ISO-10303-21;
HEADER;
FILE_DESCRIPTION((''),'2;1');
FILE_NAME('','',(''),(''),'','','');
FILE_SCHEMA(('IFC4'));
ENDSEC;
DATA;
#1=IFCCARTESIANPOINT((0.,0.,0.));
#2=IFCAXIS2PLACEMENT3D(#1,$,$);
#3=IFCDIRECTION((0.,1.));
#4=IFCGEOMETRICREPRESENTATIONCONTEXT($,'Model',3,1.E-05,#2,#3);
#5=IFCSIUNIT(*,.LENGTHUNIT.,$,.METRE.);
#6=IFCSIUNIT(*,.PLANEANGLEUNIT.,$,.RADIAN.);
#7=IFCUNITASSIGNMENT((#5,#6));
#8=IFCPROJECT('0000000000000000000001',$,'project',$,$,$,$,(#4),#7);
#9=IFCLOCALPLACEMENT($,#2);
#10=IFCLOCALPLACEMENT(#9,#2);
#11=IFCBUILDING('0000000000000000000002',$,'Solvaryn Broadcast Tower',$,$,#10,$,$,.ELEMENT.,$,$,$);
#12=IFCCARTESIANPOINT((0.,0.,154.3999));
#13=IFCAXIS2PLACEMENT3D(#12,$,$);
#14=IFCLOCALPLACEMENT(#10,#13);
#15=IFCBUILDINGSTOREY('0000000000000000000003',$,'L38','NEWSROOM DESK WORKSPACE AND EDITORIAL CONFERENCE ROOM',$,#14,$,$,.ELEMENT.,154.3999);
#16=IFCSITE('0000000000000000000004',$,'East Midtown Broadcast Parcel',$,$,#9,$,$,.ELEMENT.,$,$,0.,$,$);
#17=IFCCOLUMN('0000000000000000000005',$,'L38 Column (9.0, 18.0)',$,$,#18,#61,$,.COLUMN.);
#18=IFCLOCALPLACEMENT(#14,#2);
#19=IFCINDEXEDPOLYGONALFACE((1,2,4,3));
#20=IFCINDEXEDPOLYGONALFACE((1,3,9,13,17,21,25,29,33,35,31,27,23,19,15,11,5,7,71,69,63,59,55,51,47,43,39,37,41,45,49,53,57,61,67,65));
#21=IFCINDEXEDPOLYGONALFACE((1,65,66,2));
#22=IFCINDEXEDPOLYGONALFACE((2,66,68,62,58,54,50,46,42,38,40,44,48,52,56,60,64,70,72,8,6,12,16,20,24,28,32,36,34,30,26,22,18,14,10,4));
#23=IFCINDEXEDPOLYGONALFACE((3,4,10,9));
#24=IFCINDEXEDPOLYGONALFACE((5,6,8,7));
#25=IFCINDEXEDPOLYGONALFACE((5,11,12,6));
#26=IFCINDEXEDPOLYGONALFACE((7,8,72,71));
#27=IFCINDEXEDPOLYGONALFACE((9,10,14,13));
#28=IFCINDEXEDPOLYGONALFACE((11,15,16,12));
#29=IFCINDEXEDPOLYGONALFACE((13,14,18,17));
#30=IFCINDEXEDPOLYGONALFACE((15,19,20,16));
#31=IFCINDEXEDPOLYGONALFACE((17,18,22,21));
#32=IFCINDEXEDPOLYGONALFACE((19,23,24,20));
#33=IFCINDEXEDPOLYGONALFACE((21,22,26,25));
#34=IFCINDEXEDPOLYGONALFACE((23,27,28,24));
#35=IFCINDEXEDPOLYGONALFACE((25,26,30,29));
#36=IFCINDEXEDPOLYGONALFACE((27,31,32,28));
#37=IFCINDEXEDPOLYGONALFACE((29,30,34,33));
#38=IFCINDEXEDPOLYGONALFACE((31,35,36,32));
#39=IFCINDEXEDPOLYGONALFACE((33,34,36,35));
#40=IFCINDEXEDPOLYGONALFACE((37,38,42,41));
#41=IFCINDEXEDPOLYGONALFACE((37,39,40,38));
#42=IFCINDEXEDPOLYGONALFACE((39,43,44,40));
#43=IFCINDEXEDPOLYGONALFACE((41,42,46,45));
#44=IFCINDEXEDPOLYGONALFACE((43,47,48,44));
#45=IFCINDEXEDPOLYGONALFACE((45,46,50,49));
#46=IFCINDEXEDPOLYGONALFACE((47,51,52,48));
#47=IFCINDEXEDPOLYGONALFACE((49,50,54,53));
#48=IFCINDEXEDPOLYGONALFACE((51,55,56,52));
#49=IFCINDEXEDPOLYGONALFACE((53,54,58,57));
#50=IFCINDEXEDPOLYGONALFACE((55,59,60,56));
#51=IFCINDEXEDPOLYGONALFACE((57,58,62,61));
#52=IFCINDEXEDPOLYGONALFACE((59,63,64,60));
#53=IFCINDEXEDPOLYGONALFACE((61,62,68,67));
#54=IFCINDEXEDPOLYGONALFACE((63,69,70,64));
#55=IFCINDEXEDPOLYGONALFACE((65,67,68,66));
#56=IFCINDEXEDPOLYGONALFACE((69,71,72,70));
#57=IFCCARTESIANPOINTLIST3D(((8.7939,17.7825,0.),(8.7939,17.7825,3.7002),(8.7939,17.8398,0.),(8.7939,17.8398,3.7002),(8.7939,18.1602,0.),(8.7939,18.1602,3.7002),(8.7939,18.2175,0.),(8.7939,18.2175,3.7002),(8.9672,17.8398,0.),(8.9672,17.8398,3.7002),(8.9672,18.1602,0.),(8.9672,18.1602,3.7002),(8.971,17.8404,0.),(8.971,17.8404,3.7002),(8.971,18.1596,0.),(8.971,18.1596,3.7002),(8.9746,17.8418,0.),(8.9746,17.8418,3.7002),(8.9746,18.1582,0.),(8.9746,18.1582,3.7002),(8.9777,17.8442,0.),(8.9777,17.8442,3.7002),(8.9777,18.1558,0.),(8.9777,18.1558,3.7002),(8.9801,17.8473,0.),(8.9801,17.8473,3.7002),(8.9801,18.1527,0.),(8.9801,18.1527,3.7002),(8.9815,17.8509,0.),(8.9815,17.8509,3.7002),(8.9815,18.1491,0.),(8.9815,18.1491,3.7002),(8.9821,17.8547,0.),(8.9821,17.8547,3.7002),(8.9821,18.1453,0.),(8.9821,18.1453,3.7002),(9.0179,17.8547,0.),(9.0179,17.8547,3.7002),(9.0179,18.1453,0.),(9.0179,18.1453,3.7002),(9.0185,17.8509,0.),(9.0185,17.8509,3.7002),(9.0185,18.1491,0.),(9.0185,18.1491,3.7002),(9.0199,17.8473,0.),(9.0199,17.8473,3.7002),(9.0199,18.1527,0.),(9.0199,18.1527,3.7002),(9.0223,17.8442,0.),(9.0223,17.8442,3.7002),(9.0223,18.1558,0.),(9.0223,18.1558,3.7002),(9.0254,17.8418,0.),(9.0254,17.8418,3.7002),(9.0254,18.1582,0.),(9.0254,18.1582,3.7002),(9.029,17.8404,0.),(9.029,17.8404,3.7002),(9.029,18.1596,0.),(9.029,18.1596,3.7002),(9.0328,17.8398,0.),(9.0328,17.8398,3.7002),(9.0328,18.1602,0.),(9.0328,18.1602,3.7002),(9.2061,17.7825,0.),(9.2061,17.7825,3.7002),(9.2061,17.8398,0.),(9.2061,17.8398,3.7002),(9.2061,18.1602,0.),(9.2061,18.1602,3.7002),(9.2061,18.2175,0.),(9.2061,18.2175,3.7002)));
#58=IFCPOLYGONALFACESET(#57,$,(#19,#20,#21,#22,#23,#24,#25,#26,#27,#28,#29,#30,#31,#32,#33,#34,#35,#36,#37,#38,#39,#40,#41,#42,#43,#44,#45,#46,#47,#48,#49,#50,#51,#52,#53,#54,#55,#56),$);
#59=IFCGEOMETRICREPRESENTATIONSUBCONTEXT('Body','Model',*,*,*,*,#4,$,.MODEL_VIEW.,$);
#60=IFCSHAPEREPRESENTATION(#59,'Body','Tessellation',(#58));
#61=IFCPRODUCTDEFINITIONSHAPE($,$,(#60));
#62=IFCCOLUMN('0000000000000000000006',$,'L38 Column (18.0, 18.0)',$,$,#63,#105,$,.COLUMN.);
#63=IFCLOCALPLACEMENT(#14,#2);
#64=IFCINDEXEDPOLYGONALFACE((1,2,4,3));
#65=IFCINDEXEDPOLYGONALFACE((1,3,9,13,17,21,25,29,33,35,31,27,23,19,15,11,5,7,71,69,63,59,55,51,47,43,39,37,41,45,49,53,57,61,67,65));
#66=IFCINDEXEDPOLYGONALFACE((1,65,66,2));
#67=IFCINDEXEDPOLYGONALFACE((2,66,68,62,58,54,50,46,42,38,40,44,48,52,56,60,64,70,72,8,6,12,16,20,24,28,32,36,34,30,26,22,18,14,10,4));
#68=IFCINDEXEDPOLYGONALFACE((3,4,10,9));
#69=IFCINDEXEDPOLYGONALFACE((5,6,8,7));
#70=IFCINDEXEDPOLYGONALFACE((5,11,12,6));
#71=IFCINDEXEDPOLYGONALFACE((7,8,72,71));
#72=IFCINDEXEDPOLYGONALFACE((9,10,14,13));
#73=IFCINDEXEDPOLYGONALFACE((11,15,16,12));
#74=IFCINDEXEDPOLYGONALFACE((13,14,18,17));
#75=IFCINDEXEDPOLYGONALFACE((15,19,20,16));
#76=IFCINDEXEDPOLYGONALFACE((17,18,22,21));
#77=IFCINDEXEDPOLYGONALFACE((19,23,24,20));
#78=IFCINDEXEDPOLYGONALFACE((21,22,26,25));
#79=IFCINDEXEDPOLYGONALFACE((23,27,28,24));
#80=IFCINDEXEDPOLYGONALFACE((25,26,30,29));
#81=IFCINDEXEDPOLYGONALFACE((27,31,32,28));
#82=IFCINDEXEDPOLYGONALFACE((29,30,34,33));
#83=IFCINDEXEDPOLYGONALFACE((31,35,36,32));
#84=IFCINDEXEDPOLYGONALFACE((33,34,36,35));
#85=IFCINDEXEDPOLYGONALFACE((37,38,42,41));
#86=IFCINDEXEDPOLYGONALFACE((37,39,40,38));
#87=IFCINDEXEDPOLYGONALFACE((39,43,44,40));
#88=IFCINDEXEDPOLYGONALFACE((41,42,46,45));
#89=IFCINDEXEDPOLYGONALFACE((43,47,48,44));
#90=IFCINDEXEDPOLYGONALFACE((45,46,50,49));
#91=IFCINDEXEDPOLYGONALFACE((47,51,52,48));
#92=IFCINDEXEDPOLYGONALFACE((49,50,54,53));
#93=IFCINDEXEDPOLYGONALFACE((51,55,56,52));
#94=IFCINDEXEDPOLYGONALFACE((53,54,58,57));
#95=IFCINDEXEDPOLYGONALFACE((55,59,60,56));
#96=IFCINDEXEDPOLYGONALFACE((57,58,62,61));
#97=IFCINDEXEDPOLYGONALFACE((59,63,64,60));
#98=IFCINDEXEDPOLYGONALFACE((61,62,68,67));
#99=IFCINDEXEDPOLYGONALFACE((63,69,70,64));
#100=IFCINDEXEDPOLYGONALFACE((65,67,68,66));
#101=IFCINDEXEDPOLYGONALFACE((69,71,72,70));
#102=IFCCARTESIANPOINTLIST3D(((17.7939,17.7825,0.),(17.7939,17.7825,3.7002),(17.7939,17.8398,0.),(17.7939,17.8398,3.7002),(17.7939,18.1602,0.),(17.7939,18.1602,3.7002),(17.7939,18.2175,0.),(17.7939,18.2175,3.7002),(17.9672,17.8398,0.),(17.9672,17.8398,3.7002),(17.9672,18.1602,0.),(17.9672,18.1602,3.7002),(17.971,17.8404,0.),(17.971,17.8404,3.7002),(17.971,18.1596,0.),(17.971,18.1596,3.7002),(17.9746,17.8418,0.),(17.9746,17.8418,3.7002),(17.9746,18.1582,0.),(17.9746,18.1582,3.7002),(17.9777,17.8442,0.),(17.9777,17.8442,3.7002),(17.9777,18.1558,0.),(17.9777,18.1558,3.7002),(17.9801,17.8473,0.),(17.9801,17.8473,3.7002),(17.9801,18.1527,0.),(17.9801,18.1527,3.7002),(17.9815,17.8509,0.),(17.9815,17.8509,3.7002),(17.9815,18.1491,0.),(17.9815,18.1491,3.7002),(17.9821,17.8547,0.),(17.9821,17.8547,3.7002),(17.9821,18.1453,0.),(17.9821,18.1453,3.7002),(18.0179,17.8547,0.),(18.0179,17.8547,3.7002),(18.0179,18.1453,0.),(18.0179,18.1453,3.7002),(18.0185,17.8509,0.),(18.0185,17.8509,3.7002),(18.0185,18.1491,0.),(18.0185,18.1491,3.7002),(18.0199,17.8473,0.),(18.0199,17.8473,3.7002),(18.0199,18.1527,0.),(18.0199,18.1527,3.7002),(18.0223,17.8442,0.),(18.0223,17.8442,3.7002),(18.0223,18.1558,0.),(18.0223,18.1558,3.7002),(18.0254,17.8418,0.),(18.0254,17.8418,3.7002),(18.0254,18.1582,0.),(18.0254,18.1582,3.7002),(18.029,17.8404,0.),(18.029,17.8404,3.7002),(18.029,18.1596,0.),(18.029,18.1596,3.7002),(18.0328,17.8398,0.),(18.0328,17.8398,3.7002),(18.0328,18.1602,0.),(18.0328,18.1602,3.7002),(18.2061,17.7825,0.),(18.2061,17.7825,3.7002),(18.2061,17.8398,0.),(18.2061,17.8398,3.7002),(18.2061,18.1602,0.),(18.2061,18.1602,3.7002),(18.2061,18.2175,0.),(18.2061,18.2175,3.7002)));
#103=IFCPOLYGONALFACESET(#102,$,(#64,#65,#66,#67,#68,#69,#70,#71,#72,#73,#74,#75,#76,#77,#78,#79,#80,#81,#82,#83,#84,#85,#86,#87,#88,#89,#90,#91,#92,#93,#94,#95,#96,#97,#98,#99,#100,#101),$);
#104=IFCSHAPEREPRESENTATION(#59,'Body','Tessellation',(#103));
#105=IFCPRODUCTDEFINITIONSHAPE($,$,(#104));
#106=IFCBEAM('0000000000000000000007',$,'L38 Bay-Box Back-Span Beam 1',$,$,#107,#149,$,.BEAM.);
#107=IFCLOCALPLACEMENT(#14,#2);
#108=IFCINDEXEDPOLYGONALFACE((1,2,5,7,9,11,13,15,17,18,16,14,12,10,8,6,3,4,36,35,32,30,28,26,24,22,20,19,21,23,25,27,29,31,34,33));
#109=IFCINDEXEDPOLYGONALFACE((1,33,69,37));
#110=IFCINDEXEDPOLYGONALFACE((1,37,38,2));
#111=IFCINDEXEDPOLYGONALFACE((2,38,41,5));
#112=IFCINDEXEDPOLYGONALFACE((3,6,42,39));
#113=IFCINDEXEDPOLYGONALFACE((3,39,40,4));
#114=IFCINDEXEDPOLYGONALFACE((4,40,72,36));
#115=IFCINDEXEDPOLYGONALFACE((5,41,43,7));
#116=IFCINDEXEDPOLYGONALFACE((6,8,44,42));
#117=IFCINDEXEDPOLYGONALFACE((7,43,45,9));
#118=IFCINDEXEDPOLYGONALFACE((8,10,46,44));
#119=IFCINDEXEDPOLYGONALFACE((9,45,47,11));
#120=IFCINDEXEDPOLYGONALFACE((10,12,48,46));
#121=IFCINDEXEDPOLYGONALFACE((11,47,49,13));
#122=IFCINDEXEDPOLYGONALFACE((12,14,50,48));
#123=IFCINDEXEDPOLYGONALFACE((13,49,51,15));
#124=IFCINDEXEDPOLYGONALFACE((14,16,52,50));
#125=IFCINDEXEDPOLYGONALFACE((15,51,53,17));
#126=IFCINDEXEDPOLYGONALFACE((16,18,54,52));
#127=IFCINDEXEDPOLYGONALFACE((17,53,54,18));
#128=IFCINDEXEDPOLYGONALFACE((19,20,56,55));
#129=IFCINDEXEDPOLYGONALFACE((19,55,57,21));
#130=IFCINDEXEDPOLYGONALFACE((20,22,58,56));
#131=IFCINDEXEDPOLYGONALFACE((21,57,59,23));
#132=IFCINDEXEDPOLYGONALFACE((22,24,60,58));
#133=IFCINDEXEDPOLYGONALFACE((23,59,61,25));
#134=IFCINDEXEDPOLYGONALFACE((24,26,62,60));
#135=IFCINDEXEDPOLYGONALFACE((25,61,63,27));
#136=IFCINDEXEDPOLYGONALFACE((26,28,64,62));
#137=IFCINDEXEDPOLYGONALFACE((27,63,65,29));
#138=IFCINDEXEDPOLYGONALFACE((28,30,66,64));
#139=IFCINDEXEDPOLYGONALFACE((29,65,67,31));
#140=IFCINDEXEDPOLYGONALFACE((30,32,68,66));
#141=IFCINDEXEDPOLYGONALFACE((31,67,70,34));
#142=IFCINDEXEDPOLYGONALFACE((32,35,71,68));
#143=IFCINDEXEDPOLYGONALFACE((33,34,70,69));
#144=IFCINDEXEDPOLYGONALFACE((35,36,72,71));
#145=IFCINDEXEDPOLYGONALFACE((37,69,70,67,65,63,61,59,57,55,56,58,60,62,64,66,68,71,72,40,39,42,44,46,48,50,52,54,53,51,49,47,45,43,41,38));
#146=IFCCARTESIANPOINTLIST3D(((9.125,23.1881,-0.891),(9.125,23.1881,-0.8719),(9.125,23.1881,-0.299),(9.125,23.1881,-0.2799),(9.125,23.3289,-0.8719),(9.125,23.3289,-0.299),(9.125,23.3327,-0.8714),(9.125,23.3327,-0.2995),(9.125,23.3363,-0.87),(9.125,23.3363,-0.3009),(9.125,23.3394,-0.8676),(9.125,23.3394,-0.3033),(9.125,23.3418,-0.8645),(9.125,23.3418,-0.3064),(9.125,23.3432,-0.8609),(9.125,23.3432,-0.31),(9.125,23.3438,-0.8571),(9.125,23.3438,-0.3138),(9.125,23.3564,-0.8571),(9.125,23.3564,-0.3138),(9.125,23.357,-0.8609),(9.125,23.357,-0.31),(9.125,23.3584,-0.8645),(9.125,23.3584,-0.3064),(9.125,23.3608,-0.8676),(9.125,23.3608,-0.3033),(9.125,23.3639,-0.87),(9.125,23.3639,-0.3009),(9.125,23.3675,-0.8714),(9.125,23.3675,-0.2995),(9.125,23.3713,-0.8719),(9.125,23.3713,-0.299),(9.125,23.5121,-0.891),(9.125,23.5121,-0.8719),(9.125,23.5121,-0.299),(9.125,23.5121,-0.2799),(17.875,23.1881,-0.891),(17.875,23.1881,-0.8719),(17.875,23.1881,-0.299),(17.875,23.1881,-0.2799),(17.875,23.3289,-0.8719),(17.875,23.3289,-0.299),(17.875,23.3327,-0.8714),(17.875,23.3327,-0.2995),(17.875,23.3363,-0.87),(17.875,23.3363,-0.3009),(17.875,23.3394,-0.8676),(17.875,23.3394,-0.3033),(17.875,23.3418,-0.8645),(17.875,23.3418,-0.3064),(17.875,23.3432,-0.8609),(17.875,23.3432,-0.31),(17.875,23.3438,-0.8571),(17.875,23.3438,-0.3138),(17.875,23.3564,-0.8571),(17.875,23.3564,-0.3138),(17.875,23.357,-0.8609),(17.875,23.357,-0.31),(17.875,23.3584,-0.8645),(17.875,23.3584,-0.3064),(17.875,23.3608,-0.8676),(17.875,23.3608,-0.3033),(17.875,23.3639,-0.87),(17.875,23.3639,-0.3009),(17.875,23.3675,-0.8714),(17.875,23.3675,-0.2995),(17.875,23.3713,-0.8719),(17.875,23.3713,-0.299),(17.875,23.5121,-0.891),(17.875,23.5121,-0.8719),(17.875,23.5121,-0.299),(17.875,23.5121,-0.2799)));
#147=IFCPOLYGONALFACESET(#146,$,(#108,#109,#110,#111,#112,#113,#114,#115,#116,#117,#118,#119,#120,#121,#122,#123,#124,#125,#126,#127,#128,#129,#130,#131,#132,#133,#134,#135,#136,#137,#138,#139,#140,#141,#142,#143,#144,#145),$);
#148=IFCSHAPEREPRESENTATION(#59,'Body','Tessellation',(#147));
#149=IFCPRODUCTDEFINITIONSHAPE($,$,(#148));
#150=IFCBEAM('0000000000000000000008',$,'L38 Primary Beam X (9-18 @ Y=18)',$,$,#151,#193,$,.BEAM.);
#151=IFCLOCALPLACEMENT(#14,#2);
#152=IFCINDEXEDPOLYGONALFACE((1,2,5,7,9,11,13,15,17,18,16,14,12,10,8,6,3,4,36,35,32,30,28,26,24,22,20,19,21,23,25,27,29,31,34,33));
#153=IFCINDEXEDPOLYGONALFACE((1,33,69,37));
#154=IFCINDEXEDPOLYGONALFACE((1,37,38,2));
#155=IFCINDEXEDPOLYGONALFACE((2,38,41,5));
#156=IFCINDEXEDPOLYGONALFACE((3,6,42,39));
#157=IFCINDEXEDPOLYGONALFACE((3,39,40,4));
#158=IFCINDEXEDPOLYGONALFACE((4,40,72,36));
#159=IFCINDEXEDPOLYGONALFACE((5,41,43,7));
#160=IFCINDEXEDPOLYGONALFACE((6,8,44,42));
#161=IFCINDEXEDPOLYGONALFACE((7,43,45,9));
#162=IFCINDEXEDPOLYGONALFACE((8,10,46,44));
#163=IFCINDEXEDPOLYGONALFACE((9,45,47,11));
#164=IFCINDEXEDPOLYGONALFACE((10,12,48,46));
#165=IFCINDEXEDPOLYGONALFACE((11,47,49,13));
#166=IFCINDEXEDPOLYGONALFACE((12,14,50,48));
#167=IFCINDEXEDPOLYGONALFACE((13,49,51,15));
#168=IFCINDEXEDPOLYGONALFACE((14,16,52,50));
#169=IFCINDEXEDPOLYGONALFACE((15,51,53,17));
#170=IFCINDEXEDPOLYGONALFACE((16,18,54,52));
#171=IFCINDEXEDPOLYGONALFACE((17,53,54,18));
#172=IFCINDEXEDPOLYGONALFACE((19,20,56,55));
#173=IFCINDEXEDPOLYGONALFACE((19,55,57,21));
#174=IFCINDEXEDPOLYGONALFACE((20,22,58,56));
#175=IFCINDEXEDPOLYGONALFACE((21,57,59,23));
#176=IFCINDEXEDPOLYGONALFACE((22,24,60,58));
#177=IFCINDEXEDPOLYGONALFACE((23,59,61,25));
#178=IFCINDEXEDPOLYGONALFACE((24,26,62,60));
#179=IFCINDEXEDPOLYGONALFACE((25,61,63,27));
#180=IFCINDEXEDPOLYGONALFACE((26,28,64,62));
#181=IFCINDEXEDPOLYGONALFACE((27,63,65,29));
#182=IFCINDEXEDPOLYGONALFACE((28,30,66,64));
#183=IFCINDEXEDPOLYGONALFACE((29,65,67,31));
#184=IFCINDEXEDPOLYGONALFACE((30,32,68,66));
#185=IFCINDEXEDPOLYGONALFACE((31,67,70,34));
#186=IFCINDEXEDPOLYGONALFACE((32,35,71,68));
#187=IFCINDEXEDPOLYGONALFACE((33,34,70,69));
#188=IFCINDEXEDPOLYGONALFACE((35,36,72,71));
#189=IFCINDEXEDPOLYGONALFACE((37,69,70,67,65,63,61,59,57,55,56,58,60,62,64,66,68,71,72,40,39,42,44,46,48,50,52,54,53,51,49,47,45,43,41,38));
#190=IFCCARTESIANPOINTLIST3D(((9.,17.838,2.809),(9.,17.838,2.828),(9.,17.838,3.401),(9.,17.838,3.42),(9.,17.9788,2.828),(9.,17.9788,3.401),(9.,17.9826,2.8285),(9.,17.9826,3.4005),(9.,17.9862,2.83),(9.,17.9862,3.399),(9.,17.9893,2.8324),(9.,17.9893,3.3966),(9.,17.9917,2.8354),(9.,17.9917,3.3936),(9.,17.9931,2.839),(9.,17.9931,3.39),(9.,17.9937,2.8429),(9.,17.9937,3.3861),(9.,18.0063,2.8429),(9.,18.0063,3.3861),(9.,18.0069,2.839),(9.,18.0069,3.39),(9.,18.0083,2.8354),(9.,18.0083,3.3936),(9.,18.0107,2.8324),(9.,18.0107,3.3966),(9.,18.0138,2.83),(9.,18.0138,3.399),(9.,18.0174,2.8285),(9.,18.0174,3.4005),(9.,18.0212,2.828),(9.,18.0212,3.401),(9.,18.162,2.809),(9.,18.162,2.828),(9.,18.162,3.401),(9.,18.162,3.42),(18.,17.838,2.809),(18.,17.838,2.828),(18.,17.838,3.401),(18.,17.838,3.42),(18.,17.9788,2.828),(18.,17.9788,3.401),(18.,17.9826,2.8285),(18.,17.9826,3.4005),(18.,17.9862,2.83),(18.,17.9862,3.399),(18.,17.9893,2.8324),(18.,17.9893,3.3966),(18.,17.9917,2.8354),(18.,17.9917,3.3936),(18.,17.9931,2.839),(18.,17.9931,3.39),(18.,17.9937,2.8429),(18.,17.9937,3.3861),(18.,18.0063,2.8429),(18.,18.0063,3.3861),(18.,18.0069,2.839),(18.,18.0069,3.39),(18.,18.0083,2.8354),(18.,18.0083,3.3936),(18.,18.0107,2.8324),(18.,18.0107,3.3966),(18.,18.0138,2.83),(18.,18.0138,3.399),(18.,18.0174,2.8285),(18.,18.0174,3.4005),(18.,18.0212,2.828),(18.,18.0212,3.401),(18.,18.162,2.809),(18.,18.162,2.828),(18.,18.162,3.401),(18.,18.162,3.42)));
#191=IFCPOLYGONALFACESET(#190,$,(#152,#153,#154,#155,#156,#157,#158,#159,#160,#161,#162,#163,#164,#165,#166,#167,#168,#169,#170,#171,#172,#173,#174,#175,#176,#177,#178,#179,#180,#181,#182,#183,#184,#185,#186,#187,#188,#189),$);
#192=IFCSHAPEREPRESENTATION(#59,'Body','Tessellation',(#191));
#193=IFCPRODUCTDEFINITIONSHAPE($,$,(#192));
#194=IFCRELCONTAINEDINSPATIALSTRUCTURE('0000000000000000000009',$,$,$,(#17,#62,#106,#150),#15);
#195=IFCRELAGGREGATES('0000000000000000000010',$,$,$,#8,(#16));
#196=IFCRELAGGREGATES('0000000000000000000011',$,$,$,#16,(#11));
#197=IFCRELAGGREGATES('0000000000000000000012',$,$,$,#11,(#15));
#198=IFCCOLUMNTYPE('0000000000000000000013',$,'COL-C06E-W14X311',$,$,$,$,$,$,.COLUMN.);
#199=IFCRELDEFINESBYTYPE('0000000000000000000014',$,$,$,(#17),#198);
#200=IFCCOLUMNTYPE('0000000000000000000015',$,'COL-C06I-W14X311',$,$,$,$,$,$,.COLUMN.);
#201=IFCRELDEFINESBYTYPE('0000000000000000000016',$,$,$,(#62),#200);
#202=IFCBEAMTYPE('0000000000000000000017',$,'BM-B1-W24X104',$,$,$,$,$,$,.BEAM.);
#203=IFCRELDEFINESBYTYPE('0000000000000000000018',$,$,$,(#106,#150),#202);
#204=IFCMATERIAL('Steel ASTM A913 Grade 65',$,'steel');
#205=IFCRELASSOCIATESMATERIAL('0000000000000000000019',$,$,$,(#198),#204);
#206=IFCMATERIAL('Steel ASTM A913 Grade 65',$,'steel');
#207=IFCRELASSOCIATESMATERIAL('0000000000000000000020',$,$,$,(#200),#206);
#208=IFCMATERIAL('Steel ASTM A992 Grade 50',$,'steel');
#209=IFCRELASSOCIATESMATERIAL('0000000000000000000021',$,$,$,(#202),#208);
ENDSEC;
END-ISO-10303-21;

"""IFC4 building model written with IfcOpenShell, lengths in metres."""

from ifc_helpers import new_model, si_unit, direction, frame, origin, origin_2d, place, context, subcontext, project, spatial, i_section, extrude, material, material_profile, profile_set, type_object, element, save


model = new_model("IFC4")

# Units and contexts
model_context = context("Model", 3, precision=1e-05, world=origin(), true_north=direction((0.0, 1.0)))
body_context = subcontext(model_context, "Body", "Model", "MODEL_VIEW")
ifc_project = project(units=[si_unit("LENGTHUNIT", "METRE"), si_unit("PLANEANGLEUNIT", "RADIAN")], contexts=[model_context])

# Site, building, storey
site_placement = place(None, origin())
site = spatial("IfcSite", under=ifc_project, at=site_placement, Name="East Midtown Broadcast Parcel", CompositionType="ELEMENT", RefElevation=0.0)
building_placement = place(site_placement, origin())
building = spatial("IfcBuilding", under=site, at=building_placement, Name="Solvaryn Broadcast Tower", CompositionType="ELEMENT")
storey_placement = place(building_placement, frame((0.0, 0.0, 154.3999)))
storey = spatial("IfcBuildingStorey", under=building, at=storey_placement, Name="L38", Description="NEWSROOM DESK WORKSPACE AND EDITORIAL CONFERENCE ROOM", CompositionType="ELEMENT", Elevation=154.3999)

# Columns
ifc_material_1 = material(Name="Steel ASTM A913 Grade 65", Category="steel")
ifc_material_profile_1 = material_profile(ifc_material_1, i_section(OverallWidth=0.4121, OverallDepth=0.4351, WebThickness=0.0359, FlangeThickness=0.0574, FilletRadius=0.0149, at=origin_2d()))
ifc_profile_set_1 = profile_set([ifc_material_profile_1], Name="Steel ASTM A913 Grade 65")
column_type_1 = type_object("IfcColumnType", Name="COL-C06E-W14X311", PredefinedType="COLUMN", material=ifc_profile_set_1)
column_1_placement = place(storey_placement, frame((9.0, 18.0, 0.0), z_axis=(0.0, 0.0, 1.0), x_axis=(1.0, 0.0, 0.0)))
element("IfcColumn", 1, at=column_1_placement, inside=storey, type_object=column_type_1, Name="L38 Column (9.0, 18.0)", PredefinedType="COLUMN", context=body_context, shape_type="SweptSolid", body=[
    extrude(i_section(OverallWidth=0.4121, OverallDepth=0.4351, WebThickness=0.0359, FlangeThickness=0.0574, FilletRadius=0.0149, at=origin_2d()), origin(), (0.0, 0.0, 1.0), 3.7002),
])
ifc_material_2 = material(Name="Steel ASTM A913 Grade 65", Category="steel")
ifc_material_profile_2 = material_profile(ifc_material_2, i_section(OverallWidth=0.4121, OverallDepth=0.4351, WebThickness=0.0359, FlangeThickness=0.0574, FilletRadius=0.0149, at=origin_2d()))
ifc_profile_set_2 = profile_set([ifc_material_profile_2], Name="Steel ASTM A913 Grade 65")
column_type_2 = type_object("IfcColumnType", Name="COL-C06I-W14X311", PredefinedType="COLUMN", material=ifc_profile_set_2)
column_2_placement = place(storey_placement, frame((18.0, 18.0, 0.0), z_axis=(0.0, 0.0, 1.0), x_axis=(1.0, 0.0, 0.0)))
element("IfcColumn", 2, at=column_2_placement, inside=storey, type_object=column_type_2, Name="L38 Column (18.0, 18.0)", PredefinedType="COLUMN", context=body_context, shape_type="SweptSolid", body=[
    extrude(i_section(OverallWidth=0.4121, OverallDepth=0.4351, WebThickness=0.0359, FlangeThickness=0.0574, FilletRadius=0.0149, at=origin_2d()), origin(), (0.0, 0.0, 1.0), 3.7002),
])

# Beams
ifc_material_3 = material(Name="Steel ASTM A992 Grade 50", Category="steel")
ifc_material_profile_3 = material_profile(ifc_material_3, i_section(OverallWidth=0.324, OverallDepth=0.6111, WebThickness=0.0127, FlangeThickness=0.019, FilletRadius=0.0149, at=origin_2d()))
ifc_profile_set_3 = profile_set([ifc_material_profile_3], Name="Steel ASTM A992 Grade 50")
beam_type_1 = type_object("IfcBeamType", Name="BM-B1-W24X104", PredefinedType="BEAM", material=ifc_profile_set_3)
beam_1_placement = place(storey_placement, frame((17.875, 23.3501, -0.5854), z_axis=(-1.0, 0.0, 0.0), x_axis=(0.0, -1.0, 0.0)))
element("IfcBeam", 3, at=beam_1_placement, inside=storey, type_object=beam_type_1, Name="L38 Bay-Box Back-Span Beam 1", PredefinedType="BEAM", context=body_context, shape_type="SweptSolid", body=[
    extrude(i_section(OverallWidth=0.324, OverallDepth=0.6111, WebThickness=0.0127, FlangeThickness=0.019, FilletRadius=0.0149, at=origin_2d()), origin(), (0.0, 0.0, 1.0), 8.75),
])
for number, where, z_axis, x_axis, name in (
    (4, (9.0, 18.0, 3.1145), (1.0, 0.0, 0.0), (0.0, 1.0, 0.0), "L38 Primary Beam X (9-18 @ Y=18)"),
):
    element("IfcBeam", number, at=place(storey_placement, frame(where, z_axis=z_axis, x_axis=x_axis)), inside=storey, type_object=beam_type_1, Name=name, PredefinedType="BEAM", context=body_context, shape_type="SweptSolid", body=[
        extrude(i_section(OverallWidth=0.324, OverallDepth=0.6111, WebThickness=0.0127, FlangeThickness=0.019, FilletRadius=0.0149, at=origin_2d()), origin(), (0.0, 0.0, 1.0), 9.0),
    ])

save(model, "model.ifc")
